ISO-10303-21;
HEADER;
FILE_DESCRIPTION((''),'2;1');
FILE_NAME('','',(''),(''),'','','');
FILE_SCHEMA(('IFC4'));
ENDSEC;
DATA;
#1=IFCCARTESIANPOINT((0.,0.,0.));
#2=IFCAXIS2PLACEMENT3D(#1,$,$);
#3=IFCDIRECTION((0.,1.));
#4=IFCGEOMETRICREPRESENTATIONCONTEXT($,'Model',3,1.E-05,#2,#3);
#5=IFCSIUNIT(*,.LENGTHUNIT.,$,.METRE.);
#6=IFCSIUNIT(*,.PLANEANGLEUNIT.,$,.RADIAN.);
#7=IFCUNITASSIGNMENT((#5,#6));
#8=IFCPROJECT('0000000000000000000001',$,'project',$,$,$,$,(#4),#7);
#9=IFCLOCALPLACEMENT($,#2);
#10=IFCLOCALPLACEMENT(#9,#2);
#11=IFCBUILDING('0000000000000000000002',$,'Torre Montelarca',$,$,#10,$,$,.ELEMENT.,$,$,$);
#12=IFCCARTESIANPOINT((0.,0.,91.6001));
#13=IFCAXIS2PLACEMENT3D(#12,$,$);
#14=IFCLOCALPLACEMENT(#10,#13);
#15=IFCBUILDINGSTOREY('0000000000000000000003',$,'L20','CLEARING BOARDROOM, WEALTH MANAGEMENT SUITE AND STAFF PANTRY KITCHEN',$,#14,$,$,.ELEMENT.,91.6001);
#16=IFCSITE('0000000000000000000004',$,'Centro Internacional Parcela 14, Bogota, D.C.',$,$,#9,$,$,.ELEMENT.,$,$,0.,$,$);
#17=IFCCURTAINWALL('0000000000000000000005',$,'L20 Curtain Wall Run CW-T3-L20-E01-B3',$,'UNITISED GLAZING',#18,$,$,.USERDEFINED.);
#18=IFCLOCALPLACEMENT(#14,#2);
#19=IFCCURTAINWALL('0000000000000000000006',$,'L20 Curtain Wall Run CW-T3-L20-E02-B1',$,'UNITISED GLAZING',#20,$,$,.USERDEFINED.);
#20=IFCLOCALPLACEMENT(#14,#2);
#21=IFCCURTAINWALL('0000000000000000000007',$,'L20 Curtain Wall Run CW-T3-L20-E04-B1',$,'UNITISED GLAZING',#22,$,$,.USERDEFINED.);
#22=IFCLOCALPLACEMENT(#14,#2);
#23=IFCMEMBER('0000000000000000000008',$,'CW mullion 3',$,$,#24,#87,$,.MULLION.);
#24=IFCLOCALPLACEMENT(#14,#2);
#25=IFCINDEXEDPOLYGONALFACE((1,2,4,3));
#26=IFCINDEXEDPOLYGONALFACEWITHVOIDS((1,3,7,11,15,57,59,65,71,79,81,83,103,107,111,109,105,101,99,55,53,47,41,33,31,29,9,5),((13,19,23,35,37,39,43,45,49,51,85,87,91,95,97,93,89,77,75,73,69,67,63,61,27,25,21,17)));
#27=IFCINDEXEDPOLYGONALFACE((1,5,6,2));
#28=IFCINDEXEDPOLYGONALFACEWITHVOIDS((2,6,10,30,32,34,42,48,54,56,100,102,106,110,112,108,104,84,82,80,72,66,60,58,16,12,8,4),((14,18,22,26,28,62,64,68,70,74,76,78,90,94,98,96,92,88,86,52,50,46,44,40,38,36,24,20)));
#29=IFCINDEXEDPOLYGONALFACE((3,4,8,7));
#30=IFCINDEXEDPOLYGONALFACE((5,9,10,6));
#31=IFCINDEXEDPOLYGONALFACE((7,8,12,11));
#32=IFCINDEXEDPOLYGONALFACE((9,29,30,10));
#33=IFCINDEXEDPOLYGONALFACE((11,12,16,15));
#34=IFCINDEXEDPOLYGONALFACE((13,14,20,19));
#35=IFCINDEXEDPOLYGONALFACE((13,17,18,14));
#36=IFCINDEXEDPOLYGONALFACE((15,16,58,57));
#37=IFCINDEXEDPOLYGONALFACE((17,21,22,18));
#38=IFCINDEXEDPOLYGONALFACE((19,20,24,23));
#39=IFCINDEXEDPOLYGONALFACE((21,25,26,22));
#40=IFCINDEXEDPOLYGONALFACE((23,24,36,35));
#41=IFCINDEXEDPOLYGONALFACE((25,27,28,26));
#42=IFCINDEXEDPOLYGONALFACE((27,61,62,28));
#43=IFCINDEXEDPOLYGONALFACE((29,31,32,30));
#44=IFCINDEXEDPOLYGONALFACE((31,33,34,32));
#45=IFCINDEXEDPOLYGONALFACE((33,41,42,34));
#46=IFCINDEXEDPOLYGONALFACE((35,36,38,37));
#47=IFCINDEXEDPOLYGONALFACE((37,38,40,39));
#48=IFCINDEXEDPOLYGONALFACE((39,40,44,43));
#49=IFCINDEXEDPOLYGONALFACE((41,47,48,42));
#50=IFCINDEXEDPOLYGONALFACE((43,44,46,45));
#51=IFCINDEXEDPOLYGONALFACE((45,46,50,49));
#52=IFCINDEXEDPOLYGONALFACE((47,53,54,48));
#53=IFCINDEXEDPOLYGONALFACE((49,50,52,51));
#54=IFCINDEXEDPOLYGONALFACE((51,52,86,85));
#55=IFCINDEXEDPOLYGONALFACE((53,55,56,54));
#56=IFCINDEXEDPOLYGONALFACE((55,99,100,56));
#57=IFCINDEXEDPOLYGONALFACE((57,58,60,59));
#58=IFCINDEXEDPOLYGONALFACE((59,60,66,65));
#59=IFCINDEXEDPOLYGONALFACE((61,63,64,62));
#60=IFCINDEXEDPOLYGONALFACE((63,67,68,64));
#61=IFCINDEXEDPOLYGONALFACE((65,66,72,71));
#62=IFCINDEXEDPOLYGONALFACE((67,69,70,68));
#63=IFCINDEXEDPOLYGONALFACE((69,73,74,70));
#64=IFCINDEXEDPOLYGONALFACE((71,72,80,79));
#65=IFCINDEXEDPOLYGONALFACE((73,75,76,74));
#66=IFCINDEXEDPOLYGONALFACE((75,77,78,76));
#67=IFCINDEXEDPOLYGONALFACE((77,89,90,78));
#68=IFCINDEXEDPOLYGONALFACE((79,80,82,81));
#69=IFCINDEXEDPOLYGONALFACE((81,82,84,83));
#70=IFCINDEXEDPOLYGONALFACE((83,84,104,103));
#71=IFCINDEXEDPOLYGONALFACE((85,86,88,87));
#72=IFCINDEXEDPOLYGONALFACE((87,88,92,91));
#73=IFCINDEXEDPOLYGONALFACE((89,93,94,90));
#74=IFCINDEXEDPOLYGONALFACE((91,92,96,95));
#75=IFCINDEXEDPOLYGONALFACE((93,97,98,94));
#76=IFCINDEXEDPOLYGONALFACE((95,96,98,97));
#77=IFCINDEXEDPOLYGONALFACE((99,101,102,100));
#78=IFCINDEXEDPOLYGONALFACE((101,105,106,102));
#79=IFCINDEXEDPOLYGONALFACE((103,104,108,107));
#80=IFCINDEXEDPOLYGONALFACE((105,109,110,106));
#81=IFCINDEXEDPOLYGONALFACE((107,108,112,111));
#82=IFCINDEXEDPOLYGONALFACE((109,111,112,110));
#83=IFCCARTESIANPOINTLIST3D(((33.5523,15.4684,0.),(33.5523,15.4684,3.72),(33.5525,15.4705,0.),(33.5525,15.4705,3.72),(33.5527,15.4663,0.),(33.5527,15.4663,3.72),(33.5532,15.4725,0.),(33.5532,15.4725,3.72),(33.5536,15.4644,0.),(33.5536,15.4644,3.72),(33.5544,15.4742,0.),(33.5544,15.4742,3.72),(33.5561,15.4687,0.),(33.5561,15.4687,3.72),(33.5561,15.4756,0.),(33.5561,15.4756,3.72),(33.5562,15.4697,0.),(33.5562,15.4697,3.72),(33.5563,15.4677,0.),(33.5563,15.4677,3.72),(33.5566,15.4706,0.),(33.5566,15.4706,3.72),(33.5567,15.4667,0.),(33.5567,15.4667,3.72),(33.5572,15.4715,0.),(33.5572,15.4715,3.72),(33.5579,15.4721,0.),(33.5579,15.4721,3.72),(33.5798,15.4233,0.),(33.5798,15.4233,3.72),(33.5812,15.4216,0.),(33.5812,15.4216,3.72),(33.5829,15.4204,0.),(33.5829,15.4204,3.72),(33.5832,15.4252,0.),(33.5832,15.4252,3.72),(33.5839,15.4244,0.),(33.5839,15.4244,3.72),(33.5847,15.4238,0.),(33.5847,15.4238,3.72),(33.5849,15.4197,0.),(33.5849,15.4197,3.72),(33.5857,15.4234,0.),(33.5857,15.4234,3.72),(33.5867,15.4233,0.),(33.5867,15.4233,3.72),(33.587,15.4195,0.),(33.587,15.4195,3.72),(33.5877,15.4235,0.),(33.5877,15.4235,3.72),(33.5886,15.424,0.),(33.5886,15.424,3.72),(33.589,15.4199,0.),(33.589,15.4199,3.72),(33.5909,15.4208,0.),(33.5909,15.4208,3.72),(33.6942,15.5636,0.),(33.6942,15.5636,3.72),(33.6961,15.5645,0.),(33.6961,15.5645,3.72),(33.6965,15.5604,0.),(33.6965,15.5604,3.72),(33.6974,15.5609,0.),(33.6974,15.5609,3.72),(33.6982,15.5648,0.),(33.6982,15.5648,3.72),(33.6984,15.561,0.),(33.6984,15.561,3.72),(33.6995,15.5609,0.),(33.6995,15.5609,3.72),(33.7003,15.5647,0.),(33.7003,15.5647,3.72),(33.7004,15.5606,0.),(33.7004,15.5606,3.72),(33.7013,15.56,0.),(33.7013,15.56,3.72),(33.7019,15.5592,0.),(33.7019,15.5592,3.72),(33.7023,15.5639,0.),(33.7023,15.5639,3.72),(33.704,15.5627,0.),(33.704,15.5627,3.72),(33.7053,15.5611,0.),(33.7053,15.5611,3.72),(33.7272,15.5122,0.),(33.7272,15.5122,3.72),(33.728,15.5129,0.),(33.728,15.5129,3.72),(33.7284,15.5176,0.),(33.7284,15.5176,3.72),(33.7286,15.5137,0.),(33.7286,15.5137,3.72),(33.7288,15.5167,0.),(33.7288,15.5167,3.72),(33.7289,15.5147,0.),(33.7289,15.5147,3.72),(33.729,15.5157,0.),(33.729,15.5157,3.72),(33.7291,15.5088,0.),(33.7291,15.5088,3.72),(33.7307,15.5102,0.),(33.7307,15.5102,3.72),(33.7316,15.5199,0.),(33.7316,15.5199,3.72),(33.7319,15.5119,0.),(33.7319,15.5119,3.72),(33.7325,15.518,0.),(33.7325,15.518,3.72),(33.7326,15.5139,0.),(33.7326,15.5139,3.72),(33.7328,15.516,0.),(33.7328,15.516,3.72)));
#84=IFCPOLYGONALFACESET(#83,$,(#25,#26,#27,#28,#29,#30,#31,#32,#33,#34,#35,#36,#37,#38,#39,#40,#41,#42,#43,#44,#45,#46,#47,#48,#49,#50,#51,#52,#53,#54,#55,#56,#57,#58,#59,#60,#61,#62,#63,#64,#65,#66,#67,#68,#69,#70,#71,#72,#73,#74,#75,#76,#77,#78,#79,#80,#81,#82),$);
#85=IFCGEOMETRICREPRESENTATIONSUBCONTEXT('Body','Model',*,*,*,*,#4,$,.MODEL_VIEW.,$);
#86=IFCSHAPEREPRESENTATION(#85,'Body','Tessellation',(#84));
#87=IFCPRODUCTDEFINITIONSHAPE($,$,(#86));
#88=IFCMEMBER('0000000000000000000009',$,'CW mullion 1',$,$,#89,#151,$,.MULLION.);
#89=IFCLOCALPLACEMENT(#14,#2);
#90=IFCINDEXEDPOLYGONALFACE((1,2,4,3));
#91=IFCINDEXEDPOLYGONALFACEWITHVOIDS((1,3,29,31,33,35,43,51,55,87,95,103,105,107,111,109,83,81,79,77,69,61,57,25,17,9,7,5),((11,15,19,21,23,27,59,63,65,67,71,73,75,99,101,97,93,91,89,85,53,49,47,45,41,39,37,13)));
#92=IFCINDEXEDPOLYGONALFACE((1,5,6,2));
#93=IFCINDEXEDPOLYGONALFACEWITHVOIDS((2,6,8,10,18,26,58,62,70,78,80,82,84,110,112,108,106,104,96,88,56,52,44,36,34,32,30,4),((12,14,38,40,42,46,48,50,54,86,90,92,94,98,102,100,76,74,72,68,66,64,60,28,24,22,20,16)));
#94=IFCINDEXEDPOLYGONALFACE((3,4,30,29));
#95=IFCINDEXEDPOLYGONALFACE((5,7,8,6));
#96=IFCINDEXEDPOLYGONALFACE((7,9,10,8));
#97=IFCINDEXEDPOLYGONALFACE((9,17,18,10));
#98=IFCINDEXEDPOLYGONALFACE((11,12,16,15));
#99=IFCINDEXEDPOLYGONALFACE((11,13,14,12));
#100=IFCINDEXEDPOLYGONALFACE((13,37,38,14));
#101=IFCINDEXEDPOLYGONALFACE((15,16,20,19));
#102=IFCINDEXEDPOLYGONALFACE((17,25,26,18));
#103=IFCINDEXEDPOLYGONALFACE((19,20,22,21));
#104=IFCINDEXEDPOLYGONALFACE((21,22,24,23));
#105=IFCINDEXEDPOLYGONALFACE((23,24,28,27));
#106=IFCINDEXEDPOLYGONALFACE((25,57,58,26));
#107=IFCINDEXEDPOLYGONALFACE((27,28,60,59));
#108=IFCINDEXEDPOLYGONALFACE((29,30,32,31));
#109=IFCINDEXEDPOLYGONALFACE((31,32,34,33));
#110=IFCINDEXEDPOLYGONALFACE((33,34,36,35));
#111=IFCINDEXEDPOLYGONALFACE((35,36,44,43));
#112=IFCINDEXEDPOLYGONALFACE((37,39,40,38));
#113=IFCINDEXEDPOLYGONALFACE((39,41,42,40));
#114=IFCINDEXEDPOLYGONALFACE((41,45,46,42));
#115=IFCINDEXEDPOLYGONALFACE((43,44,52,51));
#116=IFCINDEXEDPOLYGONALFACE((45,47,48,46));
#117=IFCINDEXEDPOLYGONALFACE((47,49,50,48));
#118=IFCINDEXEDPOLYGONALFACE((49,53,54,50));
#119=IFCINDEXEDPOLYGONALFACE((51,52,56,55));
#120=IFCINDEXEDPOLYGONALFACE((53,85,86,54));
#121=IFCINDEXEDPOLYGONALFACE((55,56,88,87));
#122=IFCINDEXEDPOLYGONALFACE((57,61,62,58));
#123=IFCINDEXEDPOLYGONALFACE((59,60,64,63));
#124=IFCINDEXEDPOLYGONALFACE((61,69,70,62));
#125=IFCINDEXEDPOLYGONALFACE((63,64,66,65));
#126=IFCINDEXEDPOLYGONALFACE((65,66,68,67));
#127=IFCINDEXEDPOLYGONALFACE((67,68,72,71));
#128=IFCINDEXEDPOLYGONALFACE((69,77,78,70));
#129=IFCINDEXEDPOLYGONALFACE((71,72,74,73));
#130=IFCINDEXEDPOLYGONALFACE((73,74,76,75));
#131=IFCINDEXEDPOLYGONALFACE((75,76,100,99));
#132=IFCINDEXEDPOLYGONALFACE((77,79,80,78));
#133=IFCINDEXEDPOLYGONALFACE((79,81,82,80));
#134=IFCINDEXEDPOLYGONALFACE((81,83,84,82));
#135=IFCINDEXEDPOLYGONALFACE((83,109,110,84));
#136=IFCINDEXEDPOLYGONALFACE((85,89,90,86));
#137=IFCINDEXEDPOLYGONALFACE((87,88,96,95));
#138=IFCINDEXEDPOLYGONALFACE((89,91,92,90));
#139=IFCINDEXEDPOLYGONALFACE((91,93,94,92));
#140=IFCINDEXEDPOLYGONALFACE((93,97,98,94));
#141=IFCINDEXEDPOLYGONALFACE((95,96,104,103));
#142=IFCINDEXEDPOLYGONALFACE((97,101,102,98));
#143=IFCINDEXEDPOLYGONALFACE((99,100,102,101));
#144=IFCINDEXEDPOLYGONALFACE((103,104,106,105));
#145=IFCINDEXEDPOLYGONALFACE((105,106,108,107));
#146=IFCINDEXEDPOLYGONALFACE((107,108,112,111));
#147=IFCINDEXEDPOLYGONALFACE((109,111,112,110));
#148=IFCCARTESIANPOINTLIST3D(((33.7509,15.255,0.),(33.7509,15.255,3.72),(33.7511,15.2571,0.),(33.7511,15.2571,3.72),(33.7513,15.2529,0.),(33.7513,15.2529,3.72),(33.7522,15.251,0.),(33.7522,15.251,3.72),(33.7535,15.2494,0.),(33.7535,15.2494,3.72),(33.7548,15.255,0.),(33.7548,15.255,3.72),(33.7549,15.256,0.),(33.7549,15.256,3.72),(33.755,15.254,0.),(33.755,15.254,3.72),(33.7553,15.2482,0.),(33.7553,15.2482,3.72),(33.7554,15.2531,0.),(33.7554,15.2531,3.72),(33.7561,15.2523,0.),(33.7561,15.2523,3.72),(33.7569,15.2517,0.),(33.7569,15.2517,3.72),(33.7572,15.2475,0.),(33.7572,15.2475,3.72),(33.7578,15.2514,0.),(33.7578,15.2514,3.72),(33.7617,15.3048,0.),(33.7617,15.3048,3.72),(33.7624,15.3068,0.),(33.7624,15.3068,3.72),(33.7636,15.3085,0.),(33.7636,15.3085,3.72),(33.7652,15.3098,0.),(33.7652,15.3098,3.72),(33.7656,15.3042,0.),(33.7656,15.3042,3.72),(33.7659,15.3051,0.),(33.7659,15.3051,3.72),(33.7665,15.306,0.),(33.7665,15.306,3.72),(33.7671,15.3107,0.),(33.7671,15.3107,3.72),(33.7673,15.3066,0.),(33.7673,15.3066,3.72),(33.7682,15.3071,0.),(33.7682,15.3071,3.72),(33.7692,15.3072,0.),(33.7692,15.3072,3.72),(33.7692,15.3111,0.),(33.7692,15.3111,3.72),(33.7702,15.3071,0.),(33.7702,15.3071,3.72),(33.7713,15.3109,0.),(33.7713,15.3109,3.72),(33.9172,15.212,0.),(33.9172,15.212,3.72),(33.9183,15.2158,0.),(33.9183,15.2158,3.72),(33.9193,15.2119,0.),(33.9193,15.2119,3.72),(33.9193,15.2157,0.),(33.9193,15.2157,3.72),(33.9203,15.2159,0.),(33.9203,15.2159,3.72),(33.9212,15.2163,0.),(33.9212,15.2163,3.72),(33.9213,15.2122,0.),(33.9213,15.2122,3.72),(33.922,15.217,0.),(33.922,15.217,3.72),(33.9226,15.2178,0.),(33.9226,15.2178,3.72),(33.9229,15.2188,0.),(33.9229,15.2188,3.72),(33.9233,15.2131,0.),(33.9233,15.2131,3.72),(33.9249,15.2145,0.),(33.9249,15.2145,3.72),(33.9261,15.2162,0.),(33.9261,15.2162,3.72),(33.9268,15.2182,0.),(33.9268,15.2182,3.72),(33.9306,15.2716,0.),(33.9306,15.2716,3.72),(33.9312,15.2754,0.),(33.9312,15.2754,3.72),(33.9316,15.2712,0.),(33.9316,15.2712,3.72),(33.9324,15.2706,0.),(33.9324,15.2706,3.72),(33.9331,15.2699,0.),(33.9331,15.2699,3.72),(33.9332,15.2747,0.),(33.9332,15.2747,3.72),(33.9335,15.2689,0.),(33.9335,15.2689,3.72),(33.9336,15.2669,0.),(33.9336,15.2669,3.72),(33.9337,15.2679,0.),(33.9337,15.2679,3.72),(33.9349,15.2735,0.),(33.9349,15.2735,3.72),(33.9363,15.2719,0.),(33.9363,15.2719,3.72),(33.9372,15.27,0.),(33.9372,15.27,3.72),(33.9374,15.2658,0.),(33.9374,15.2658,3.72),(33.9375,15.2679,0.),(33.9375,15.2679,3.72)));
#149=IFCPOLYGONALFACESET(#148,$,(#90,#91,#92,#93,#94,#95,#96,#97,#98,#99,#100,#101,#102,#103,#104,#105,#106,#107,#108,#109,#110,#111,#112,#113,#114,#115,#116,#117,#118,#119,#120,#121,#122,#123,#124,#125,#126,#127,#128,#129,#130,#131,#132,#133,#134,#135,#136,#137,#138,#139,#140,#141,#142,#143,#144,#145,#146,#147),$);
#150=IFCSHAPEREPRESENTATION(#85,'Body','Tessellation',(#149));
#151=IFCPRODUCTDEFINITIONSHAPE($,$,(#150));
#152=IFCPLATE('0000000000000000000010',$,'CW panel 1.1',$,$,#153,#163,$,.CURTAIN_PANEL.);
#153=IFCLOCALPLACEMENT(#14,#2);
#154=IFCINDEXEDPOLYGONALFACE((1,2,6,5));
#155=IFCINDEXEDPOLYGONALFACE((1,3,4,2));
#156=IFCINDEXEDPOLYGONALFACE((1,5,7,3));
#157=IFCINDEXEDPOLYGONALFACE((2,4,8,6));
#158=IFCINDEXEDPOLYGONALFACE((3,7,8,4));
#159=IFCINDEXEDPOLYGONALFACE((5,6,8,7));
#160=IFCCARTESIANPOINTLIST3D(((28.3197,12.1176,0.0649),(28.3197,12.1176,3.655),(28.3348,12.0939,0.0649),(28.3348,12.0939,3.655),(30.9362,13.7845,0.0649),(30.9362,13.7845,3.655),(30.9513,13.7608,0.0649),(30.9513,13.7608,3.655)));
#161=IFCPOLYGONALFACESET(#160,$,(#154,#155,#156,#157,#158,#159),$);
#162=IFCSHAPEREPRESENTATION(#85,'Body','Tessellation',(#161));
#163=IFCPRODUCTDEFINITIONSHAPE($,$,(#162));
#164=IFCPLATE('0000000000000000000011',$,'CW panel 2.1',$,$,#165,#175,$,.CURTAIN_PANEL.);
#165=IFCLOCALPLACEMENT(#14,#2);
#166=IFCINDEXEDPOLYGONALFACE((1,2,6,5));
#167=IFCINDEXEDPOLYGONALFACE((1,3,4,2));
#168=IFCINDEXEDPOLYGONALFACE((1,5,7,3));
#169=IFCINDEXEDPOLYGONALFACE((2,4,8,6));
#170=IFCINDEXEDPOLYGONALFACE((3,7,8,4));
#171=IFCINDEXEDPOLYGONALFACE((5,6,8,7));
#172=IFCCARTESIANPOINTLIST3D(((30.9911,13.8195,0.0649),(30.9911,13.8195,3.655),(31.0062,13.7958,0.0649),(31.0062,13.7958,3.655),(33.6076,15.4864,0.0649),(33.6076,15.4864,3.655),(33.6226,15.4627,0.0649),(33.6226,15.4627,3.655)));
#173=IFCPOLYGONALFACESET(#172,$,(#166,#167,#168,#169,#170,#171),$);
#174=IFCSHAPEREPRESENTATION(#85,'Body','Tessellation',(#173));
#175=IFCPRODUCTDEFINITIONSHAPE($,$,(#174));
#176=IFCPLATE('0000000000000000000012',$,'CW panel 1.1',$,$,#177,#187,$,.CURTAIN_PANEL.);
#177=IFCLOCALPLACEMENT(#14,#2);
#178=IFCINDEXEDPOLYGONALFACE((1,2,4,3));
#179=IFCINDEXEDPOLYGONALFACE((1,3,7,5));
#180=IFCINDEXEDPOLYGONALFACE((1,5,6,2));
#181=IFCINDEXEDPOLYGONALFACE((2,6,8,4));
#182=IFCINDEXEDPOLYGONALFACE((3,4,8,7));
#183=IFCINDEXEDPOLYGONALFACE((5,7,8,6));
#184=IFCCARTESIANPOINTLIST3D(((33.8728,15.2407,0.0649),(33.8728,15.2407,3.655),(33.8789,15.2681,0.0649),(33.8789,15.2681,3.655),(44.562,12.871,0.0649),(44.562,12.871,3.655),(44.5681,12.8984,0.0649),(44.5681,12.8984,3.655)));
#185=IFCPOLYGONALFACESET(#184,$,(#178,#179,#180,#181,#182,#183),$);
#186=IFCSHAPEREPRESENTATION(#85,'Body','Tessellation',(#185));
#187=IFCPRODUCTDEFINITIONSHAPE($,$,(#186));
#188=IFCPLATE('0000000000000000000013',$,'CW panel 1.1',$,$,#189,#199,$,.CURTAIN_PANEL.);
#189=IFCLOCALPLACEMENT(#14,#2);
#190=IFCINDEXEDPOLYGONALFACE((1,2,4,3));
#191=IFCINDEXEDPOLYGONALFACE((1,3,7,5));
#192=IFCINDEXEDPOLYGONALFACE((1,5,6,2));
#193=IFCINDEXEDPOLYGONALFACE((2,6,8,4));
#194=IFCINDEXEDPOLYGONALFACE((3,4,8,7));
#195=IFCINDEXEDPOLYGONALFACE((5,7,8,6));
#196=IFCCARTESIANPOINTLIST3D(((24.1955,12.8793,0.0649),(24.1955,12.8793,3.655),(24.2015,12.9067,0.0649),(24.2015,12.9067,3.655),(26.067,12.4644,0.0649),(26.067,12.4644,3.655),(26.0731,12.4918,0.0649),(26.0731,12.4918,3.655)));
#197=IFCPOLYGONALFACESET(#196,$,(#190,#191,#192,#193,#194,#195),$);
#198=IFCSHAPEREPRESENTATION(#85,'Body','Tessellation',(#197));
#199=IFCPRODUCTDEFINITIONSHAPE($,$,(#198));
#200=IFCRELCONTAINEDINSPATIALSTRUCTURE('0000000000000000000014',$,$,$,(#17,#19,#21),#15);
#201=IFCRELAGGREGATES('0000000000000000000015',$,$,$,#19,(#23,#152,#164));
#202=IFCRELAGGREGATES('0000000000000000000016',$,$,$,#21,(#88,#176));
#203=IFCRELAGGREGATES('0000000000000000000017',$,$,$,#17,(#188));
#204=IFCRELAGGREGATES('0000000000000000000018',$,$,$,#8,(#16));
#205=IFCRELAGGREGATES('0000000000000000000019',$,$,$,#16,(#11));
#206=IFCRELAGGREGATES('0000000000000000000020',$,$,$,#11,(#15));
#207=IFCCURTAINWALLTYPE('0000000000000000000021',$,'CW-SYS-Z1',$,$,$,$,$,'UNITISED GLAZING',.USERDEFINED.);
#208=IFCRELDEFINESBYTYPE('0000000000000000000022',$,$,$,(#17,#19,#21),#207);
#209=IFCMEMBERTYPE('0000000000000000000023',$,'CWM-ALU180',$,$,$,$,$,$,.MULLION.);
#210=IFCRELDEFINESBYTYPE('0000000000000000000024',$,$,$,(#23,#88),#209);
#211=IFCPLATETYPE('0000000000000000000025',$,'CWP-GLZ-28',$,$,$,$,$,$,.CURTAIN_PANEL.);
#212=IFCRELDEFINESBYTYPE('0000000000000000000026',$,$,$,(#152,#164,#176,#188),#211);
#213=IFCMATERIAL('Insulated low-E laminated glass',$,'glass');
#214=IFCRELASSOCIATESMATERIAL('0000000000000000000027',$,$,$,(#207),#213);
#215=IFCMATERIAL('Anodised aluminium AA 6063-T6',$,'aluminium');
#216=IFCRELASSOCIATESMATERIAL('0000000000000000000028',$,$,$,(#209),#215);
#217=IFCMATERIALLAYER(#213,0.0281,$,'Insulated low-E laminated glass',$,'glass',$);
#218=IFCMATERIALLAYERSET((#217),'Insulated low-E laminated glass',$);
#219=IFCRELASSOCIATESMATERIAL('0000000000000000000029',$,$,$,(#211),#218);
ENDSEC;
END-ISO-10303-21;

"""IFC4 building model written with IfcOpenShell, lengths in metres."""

from ifc_helpers import new_model, si_unit, direction, frame, origin, origin_2d, place, context, subcontext, project, spatial, rectangle, hollow_rectangle, extrude, source, transform, mapped, material, layer, layer_set, material_profile, profile_set, type_object, element, aggregate, save


model = new_model("IFC4")

# Units and contexts
model_context = context("Model", 3, precision=1e-05, world=origin(), true_north=direction((0.0, 1.0)))
body_context = subcontext(model_context, "Body", "Model", "MODEL_VIEW")
ifc_project = project(units=[si_unit("LENGTHUNIT", "METRE"), si_unit("PLANEANGLEUNIT", "RADIAN")], contexts=[model_context])

# Site, building, storey
site_placement = place(None, origin())
site = spatial("IfcSite", under=ifc_project, at=site_placement, Name="Centro Internacional Parcela 14, Bogota, D.C.", CompositionType="ELEMENT", RefElevation=0.0)
building_placement = place(site_placement, origin())
building = spatial("IfcBuilding", under=site, at=building_placement, Name="Torre Montelarca", CompositionType="ELEMENT")
storey_placement = place(building_placement, frame((0.0, 0.0, 91.6001)))
storey = spatial("IfcBuildingStorey", under=building, at=storey_placement, Name="L20", Description="CLEARING BOARDROOM, WEALTH MANAGEMENT SUITE AND STAFF PANTRY KITCHEN", CompositionType="ELEMENT", Elevation=91.6001)

# Curtain walls
ifc_material_1 = material(Name="Insulated low-E laminated glass", Category="glass")
curtain_wall_type = type_object("IfcCurtainWallType", Name="CW-SYS-Z1", ElementType="UNITISED GLAZING", PredefinedType="USERDEFINED", material=ifc_material_1)
curtain_wall_1_placement = place(storey_placement, origin())
curtain_wall_1 = element("IfcCurtainWall", 1, at=curtain_wall_1_placement, inside=storey, type_object=curtain_wall_type, Name="L20 Curtain Wall Run CW-T3-L20-E01-B3", ObjectType="UNITISED GLAZING", PredefinedType="USERDEFINED")
ifc_material_2 = material(Name="Anodised aluminium AA 6063-T6", Category="aluminium")
curtain_wall_2_placement = place(storey_placement, origin())
curtain_wall_2 = element("IfcCurtainWall", 2, at=curtain_wall_2_placement, inside=storey, type_object=curtain_wall_type, Name="L20 Curtain Wall Run CW-T3-L20-E02-B1", ObjectType="UNITISED GLAZING", PredefinedType="USERDEFINED")
curtain_wall_3_placement = place(storey_placement, origin())
curtain_wall_3 = element("IfcCurtainWall", 3, at=curtain_wall_3_placement, inside=storey, type_object=curtain_wall_type, Name="L20 Curtain Wall Run CW-T3-L20-E04-B1", ObjectType="UNITISED GLAZING", PredefinedType="USERDEFINED")

# Shared definitions
ifc_material_profile_1 = material_profile(ifc_material_2, hollow_rectangle(XDim=0.0649, YDim=0.1799, WallThickness=0.0039, InnerFilletRadius=0.0039, OuterFilletRadius=0.0081, at=origin_2d()), Name="ALU65X180X4", Category="aluminium")
ifc_profile_set_1 = profile_set([ifc_material_profile_1], Name="Anodised aluminium AA 6063-T6")
member_type_1 = type_object("IfcMemberType", Name="CWM-ALU180", PredefinedType="MULLION", material=ifc_profile_set_1)
shared_shape_1 = source(origin(), body_context, "Body", "SweptSolid", [
    extrude(hollow_rectangle(XDim=0.0649, YDim=0.1799, WallThickness=0.0039, InnerFilletRadius=0.0039, OuterFilletRadius=0.0081, at=origin_2d()), origin(), (0.0, 0.0, 1.0), 3.72),
])

# Members
member_1_placement = place(storey_placement, frame((33.6426, 15.4922, 0.0), z_axis=(0.0, 0.0, 1.0), x_axis=(-0.537312, 0.843383, 0.0)))
member_1 = element("IfcMember", 4, at=member_1_placement, type_object=member_type_1, Name="CW mullion 3", PredefinedType="MULLION", context=body_context, shape_type="MappedRepresentation", body=[
    mapped(shared_shape_1, transform((0.0, 0.0, 0.0), scale=1.0)),
])
member_2_placement = place(storey_placement, frame((33.8442, 15.2615, 0.0), z_axis=(0.0, 0.0, 1.0), x_axis=(0.216437, 0.976297, 0.0)))
member_2 = element("IfcMember", 5, at=member_2_placement, type_object=member_type_1, Name="CW mullion 1", PredefinedType="MULLION", context=body_context, shape_type="MappedRepresentation", body=[
    mapped(shared_shape_1, transform((0.0, 0.0, 0.0), scale=1.0)),
])

# Plates
ifc_layer_1 = layer(ifc_material_1, 0.0281, Name="Insulated low-E laminated glass", Category="glass")
ifc_layer_set_1 = layer_set([ifc_layer_1], Name="Insulated low-E laminated glass")
plate_type = type_object("IfcPlateType", Name="CWP-GLZ-28", PredefinedType="CURTAIN_PANEL", material=ifc_layer_set_1)
shared_shape_2 = source(origin(), body_context, "Body", "SweptSolid", [
    extrude(rectangle(XDim=3.1023, YDim=0.0281, at=origin_2d()), origin(), (0.0, 0.0, 1.0), 3.5901),
])
plate_1_placement = place(storey_placement, frame((29.6355, 12.9392, 0.0649), z_axis=(0.0, 0.0, 1.0), x_axis=(0.843383, 0.537312, 0.0)))
plate_1 = element("IfcPlate", 6, at=plate_1_placement, type_object=plate_type, Name="CW panel 1.1", PredefinedType="CURTAIN_PANEL", context=body_context, shape_type="MappedRepresentation", body=[
    mapped(shared_shape_2, transform((0.0, 0.0, 0.0), scale=1.0)),
])
plate_2_placement = place(storey_placement, frame((32.3069, 14.6411, 0.0649), z_axis=(0.0, 0.0, 1.0), x_axis=(0.843383, 0.537312, 0.0)))
plate_2 = element("IfcPlate", 7, at=plate_2_placement, type_object=plate_type, Name="CW panel 2.1", PredefinedType="CURTAIN_PANEL", context=body_context, shape_type="MappedRepresentation", body=[
    mapped(shared_shape_2, transform((0.0, 0.0, 0.0), scale=1.0)),
])
aggregate(curtain_wall_2, [member_1, plate_1, plate_2])
shared_shape_3 = source(origin(), body_context, "Body", "SweptSolid", [
    extrude(rectangle(XDim=10.9487, YDim=0.0281, at=origin_2d()), origin(), (0.0, 0.0, 1.0), 3.5901),
])
plate_3_placement = place(storey_placement, frame((39.2205, 14.0696, 0.0649), z_axis=(0.0, 0.0, 1.0), x_axis=(0.976297, -0.216437, 0.0)))
plate_3 = element("IfcPlate", 8, at=plate_3_placement, type_object=plate_type, Name="CW panel 1.1", PredefinedType="CURTAIN_PANEL", context=body_context, shape_type="MappedRepresentation", body=[
    mapped(shared_shape_3, transform((0.0, 0.0, 0.0), scale=1.0)),
])
aggregate(curtain_wall_3, [member_2, plate_3])
shared_shape_4 = source(origin(), body_context, "Body", "SweptSolid", [
    extrude(rectangle(XDim=1.917, YDim=0.0281, at=origin_2d()), origin(), (0.0, 0.0, 1.0), 3.5901),
])
plate_4_placement = place(storey_placement, frame((25.1343, 12.6855, 0.0649), z_axis=(0.0, 0.0, 1.0), x_axis=(0.976295, -0.216444, 0.0)))
plate_4 = element("IfcPlate", 9, at=plate_4_placement, type_object=plate_type, Name="CW panel 1.1", PredefinedType="CURTAIN_PANEL", context=body_context, shape_type="MappedRepresentation", body=[
    mapped(shared_shape_4, transform((0.0, 0.0, 0.0), scale=1.0)),
])
aggregate(curtain_wall_1, [plate_4])

save(model, "model.ifc")
